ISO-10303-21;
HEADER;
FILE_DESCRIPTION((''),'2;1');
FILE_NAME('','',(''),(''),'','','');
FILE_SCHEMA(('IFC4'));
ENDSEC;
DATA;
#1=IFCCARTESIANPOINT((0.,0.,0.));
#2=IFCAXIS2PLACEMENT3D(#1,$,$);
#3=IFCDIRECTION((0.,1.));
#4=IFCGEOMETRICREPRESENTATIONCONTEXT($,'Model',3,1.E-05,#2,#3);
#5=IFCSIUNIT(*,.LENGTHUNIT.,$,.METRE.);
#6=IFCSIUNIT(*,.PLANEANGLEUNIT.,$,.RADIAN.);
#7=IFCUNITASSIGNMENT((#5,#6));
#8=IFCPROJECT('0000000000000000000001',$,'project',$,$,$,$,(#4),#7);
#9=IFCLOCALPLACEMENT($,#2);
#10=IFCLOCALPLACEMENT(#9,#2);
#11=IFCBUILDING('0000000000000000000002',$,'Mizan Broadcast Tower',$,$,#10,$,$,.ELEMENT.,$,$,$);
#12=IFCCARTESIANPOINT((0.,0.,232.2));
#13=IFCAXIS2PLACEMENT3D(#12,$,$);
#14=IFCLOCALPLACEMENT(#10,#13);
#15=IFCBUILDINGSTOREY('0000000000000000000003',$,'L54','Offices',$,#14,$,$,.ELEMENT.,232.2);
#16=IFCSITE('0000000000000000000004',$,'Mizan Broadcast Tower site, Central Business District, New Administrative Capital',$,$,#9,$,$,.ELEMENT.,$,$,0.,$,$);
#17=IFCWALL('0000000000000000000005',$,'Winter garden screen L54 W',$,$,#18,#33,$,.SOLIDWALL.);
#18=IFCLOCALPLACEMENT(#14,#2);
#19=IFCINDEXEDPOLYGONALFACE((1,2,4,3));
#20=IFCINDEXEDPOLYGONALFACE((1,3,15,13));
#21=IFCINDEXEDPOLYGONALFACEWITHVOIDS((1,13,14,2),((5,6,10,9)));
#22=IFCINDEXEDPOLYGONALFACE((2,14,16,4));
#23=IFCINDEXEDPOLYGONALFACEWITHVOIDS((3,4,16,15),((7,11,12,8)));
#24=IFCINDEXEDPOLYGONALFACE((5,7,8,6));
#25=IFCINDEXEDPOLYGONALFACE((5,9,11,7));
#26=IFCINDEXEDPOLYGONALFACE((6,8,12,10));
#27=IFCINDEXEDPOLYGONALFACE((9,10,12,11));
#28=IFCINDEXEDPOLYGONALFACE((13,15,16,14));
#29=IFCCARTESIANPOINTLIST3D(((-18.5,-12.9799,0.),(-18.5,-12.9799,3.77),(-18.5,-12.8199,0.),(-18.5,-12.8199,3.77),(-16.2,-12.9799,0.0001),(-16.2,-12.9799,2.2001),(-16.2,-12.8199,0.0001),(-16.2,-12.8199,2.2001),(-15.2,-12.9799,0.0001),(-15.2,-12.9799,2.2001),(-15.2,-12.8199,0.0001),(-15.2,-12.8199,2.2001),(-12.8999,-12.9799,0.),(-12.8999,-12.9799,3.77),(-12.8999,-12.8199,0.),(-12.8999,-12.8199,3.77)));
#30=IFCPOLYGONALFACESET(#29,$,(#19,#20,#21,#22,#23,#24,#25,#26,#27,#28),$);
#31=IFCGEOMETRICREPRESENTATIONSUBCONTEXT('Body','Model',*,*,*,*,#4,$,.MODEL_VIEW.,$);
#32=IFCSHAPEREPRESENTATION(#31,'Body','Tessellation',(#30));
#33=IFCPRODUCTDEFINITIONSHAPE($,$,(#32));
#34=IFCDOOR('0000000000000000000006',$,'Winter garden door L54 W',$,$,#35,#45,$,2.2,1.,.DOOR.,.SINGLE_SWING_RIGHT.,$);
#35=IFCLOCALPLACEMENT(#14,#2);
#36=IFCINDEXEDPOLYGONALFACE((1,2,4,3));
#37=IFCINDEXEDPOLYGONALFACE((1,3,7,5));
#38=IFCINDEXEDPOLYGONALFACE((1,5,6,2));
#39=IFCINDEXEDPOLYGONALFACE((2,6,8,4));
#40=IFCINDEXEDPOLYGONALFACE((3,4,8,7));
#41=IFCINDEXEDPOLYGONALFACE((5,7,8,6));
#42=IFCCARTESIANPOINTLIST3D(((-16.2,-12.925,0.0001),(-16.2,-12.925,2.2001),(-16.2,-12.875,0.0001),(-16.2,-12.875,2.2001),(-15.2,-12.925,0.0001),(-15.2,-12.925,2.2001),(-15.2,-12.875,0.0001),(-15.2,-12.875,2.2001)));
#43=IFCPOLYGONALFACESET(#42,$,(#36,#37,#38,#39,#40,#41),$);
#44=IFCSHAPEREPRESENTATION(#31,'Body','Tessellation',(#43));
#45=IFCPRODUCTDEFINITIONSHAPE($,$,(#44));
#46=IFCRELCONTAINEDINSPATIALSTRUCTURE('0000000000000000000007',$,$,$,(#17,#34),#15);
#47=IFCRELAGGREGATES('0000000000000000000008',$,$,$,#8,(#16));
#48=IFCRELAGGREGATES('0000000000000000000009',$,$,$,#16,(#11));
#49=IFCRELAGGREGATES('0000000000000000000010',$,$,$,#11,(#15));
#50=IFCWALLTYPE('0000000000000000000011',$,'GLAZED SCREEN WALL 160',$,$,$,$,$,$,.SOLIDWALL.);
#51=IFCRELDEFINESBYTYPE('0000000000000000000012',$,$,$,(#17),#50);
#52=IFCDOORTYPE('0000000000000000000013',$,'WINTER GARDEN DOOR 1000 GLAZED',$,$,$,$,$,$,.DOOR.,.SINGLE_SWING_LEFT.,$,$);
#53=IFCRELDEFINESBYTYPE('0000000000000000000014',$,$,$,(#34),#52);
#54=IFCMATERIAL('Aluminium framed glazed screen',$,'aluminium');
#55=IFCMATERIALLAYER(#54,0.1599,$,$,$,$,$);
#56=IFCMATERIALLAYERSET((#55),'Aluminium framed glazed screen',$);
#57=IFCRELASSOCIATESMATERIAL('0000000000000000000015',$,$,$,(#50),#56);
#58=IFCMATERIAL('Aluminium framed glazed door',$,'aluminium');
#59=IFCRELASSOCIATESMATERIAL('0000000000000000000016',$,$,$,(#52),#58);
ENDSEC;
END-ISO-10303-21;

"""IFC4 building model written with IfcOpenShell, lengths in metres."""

from ifc_helpers import new_model, si_unit, direction, frame, frame_2d, origin, place, context, subcontext, project, spatial, rectangle, extrude, material, layer, layer_set, type_object, element, fill, save


model = new_model("IFC4")

# Units and contexts
model_context = context("Model", 3, precision=1e-05, world=origin(), true_north=direction((0.0, 1.0)))
body_context = subcontext(model_context, "Body", "Model", "MODEL_VIEW")
ifc_project = project(units=[si_unit("LENGTHUNIT", "METRE"), si_unit("PLANEANGLEUNIT", "RADIAN")], contexts=[model_context])

# Site, building, storey
site_placement = place(None, origin())
site = spatial("IfcSite", under=ifc_project, at=site_placement, Name="Mizan Broadcast Tower site, Central Business District, New Administrative Capital", CompositionType="ELEMENT", RefElevation=0.0)
building_placement = place(site_placement, origin())
building = spatial("IfcBuilding", under=site, at=building_placement, Name="Mizan Broadcast Tower", CompositionType="ELEMENT")
storey_placement = place(building_placement, frame((0.0, 0.0, 232.2)))
storey = spatial("IfcBuildingStorey", under=building, at=storey_placement, Name="L54", Description="Offices", CompositionType="ELEMENT", Elevation=232.2)

# Wall, opening, door
ifc_material_1 = material(Name="Aluminium framed glazed screen", Category="aluminium")
ifc_layer_1 = layer(ifc_material_1, 0.1599)
ifc_layer_set_1 = layer_set([ifc_layer_1], Name="Aluminium framed glazed screen")
wall_type = type_object("IfcWallType", Name="GLAZED SCREEN WALL 160", PredefinedType="SOLIDWALL", material=ifc_layer_set_1)
wall_placement = place(storey_placement, frame((-18.5, -12.8999, 0.0), z_axis=(0.0, 0.0, 1.0), x_axis=(1.0, 0.0, 0.0)))
wall = element("IfcWall", 1, at=wall_placement, inside=storey, type_object=wall_type, Name="Winter garden screen L54 W", PredefinedType="SOLIDWALL", context=body_context, shape_type="SweptSolid", body=[
    extrude(rectangle(XDim=5.6001, YDim=0.1599, at=frame_2d((2.8, 0.0))), origin(), (0.0, 0.0, 1.0), 3.77),
])
opening_placement = place(wall_placement, frame((2.3, 0.0, 0.0)))
opening = element("IfcOpeningElement", 2, at=opening_placement, cuts=wall, PredefinedType="OPENING", context=body_context, shape_type="SweptSolid", body=[
    extrude(rectangle(XDim=1.0, YDim=2.2, at=frame_2d((0.5, 1.1001))), frame((0.0, 0.0898, 0.0), z_axis=(0.0, -1.0, 0.0), x_axis=(1.0, 0.0, 0.0)), (0.0, 0.0, 1.0), 0.1799),
])
ifc_material_2 = material(Name="Aluminium framed glazed door", Category="aluminium")
door_type = type_object("IfcDoorType", Name="WINTER GARDEN DOOR 1000 GLAZED", OperationType="SINGLE_SWING_LEFT", PredefinedType="DOOR", material=ifc_material_2)
door_placement = place(opening_placement, origin())
door = element("IfcDoor", 3, at=door_placement, inside=storey, type_object=door_type, Name="Winter garden door L54 W", OperationType="SINGLE_SWING_RIGHT", OverallHeight=2.2, OverallWidth=1.0, PredefinedType="DOOR", context=body_context, shape_type="SweptSolid", body=[
    extrude(rectangle(XDim=1.0, YDim=2.2, at=frame_2d((0.5, 1.1001))), frame((0.0, 0.0249, 0.0), z_axis=(0.0, -1.0, 0.0), x_axis=(1.0, 0.0, 0.0)), (0.0, 0.0, 1.0), 0.05),
])
fill(opening, door)

save(model, "model.ifc")
